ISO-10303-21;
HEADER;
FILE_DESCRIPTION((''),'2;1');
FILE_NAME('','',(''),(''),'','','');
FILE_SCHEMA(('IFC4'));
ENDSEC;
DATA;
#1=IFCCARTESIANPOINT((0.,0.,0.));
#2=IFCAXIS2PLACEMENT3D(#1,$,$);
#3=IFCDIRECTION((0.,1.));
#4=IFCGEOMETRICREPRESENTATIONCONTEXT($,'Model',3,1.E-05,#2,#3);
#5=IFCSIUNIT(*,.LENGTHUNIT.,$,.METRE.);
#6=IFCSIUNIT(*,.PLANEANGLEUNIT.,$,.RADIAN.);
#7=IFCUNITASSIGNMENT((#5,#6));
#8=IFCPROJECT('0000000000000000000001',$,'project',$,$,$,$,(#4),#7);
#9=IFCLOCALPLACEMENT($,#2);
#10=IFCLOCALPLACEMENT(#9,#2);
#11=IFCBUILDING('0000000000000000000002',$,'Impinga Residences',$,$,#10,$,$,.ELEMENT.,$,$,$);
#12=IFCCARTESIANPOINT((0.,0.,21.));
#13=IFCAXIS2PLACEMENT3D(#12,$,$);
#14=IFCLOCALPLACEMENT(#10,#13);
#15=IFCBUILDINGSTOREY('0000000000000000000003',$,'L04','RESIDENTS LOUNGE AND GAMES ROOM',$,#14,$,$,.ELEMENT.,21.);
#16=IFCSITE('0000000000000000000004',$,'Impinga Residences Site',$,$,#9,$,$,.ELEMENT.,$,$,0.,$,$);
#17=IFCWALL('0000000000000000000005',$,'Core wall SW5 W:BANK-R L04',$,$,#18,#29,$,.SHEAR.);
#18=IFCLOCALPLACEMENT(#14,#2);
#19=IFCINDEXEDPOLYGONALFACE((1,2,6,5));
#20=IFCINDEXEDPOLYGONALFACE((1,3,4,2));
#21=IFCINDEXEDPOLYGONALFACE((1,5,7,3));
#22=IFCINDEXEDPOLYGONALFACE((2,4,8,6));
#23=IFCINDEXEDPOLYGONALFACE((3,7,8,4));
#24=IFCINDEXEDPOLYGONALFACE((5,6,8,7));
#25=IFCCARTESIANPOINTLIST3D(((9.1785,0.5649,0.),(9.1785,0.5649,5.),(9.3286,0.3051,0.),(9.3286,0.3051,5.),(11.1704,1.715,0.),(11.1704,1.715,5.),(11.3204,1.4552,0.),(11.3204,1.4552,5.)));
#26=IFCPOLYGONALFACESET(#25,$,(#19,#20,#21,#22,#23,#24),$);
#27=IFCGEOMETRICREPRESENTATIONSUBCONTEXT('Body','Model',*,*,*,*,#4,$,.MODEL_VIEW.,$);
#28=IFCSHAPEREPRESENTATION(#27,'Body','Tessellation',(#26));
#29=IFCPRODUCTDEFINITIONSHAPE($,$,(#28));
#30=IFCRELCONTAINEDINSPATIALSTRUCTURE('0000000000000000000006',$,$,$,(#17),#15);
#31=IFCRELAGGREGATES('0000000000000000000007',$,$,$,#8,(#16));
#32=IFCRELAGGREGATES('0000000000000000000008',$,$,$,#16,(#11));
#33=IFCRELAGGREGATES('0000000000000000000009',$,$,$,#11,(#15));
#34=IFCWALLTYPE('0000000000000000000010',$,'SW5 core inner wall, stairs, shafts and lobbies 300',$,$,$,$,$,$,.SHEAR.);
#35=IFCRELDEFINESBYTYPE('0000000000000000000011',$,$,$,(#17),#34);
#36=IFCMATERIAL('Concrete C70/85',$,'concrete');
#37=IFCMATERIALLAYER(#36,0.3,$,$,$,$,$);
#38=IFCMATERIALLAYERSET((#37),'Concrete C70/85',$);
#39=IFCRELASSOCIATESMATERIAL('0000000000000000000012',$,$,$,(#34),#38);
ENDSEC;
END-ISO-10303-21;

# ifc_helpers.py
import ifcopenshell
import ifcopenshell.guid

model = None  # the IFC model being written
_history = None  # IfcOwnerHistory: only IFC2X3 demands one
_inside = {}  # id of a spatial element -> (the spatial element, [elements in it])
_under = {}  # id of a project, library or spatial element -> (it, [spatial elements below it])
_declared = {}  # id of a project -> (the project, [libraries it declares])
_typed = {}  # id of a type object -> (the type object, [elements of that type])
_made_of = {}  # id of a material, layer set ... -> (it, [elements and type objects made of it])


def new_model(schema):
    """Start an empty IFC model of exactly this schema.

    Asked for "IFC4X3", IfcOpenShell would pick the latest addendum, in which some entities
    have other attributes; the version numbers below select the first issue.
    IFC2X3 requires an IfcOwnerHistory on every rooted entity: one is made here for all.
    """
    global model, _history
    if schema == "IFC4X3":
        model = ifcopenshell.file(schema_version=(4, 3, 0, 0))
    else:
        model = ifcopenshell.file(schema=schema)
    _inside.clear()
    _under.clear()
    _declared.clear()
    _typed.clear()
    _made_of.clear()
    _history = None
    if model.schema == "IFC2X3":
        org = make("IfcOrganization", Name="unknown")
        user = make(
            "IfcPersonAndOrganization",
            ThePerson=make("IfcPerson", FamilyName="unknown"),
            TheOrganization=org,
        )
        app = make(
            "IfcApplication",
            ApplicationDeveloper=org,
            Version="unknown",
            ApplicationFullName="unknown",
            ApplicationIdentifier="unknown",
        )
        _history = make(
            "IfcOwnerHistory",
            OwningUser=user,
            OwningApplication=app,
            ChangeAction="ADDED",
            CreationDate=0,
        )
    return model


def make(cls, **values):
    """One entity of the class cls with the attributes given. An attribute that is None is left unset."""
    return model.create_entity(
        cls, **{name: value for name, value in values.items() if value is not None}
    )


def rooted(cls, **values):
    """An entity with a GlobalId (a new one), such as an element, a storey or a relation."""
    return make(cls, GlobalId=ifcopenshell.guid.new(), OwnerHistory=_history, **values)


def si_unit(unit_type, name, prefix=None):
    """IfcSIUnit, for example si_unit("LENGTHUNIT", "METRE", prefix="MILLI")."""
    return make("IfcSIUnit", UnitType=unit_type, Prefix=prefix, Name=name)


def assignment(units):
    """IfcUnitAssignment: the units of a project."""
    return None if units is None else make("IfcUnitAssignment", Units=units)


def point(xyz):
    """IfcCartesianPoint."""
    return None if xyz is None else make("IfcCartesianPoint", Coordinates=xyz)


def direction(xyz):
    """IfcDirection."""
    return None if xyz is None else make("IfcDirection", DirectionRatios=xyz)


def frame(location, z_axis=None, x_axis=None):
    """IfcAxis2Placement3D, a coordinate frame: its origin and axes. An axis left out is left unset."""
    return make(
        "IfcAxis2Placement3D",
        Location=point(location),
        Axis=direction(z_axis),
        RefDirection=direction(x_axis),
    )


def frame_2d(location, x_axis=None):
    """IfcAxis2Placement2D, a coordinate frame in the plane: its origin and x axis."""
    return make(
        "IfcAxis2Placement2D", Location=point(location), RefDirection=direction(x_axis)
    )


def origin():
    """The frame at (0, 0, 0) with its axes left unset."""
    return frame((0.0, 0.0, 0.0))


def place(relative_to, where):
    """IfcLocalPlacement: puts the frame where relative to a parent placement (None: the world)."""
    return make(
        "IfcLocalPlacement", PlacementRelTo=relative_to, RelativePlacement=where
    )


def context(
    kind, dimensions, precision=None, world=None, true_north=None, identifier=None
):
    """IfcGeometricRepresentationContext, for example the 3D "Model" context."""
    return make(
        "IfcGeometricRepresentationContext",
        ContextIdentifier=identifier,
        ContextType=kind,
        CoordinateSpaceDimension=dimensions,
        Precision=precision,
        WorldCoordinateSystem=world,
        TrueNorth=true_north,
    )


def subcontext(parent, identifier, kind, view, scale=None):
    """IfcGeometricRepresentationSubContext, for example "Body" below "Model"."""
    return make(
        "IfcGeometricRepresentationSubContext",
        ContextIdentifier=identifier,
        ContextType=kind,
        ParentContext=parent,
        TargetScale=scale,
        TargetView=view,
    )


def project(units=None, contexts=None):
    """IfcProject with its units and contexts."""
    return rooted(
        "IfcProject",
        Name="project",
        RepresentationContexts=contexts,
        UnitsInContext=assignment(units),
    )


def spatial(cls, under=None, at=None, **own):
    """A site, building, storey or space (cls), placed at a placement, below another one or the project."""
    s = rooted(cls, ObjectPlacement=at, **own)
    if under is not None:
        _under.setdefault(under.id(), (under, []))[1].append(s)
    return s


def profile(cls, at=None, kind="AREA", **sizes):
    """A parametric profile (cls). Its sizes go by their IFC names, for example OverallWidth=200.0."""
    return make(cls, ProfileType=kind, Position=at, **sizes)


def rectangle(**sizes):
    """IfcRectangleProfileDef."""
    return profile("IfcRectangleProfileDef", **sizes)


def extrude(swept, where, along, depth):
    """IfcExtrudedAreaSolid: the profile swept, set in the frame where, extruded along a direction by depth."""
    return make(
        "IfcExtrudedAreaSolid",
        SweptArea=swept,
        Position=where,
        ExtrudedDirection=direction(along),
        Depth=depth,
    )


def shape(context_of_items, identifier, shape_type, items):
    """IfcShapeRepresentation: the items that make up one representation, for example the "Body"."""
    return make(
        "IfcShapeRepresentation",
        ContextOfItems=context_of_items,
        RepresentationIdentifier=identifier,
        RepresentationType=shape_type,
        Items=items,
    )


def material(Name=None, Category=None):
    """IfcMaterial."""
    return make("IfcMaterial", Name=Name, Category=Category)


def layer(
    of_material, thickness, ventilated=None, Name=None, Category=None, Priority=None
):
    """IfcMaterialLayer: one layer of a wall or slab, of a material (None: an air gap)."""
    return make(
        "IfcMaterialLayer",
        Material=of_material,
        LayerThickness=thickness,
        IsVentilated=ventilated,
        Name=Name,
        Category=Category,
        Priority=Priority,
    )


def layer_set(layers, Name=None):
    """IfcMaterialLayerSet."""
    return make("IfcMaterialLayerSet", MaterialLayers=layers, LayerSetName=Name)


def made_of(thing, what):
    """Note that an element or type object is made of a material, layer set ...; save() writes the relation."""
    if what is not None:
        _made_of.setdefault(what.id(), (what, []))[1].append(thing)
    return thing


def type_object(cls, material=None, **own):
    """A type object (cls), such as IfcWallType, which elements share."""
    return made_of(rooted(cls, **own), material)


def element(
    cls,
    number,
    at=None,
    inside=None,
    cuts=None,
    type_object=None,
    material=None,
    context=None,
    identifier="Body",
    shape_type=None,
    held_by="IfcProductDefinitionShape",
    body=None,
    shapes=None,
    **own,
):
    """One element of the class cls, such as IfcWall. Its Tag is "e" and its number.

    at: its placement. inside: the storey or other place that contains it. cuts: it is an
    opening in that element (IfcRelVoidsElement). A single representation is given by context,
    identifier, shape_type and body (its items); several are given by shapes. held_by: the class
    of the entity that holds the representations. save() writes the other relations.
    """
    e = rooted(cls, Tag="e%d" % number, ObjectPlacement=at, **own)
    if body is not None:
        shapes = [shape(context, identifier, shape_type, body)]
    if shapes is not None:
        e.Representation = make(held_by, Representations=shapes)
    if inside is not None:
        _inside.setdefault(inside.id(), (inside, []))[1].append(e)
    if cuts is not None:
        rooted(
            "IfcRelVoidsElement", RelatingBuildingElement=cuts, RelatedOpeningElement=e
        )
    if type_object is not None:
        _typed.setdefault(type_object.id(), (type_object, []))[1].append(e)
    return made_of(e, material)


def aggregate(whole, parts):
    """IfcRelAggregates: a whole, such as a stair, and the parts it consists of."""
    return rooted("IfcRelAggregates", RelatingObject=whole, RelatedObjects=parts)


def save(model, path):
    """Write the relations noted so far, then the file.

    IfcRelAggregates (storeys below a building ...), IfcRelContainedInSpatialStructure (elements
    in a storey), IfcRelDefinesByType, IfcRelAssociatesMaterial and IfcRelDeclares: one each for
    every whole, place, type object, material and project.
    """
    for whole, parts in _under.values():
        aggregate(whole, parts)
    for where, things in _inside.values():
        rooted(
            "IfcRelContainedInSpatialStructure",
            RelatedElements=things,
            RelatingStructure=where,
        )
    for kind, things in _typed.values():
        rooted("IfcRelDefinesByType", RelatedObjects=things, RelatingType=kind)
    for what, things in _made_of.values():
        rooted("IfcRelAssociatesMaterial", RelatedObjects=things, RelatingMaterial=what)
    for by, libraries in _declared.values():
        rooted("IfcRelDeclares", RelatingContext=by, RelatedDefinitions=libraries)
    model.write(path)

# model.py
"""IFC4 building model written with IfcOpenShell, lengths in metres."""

from ifc_helpers import new_model, si_unit, direction, frame, frame_2d, origin, place, context, subcontext, project, spatial, rectangle, extrude, material, layer, layer_set, type_object, element, save


model = new_model("IFC4")

# Units and contexts
model_context = context("Model", 3, precision=1e-05, world=origin(), true_north=direction((0.0, 1.0)))
body_context = subcontext(model_context, "Body", "Model", "MODEL_VIEW")
ifc_project = project(units=[si_unit("LENGTHUNIT", "METRE"), si_unit("PLANEANGLEUNIT", "RADIAN")], contexts=[model_context])

# Site, building, storey
site_placement = place(None, origin())
site = spatial("IfcSite", under=ifc_project, at=site_placement, Name="Impinga Residences Site", CompositionType="ELEMENT", RefElevation=0.0)
building_placement = place(site_placement, origin())
building = spatial("IfcBuilding", under=site, at=building_placement, Name="Impinga Residences", CompositionType="ELEMENT")
storey_placement = place(building_placement, frame((0.0, 0.0, 21.0)))
storey = spatial("IfcBuildingStorey", under=building, at=storey_placement, Name="L04", Description="RESIDENTS LOUNGE AND GAMES ROOM", CompositionType="ELEMENT", Elevation=21.0)

# Shared definitions
ifc_material_1 = material(Name="Concrete C70/85", Category="concrete")

# Wall
ifc_layer_1 = layer(ifc_material_1, 0.3)
ifc_layer_set_1 = layer_set([ifc_layer_1], Name="Concrete C70/85")
wall_type_1 = type_object("IfcWallType", Name="SW5 core inner wall, stairs, shafts and lobbies 300", PredefinedType="SHEAR", material=ifc_layer_set_1)
wall_1_placement = place(storey_placement, frame((9.2537, 0.4351, 0.0), z_axis=(0.0, 0.0, 1.0), x_axis=(0.866007, 0.500032, 0.0)))
element("IfcWall", 1, at=wall_1_placement, inside=storey, type_object=wall_type_1, Name="Core wall SW5 W:BANK-R L04", PredefinedType="SHEAR", context=body_context, shape_type="SweptSolid", body=[
    extrude(rectangle(XDim=2.3, YDim=0.3, at=frame_2d((1.1499, 0.0))), origin(), (0.0, 0.0, 1.0), 5.0),
])

save(model, "model.ifc")
